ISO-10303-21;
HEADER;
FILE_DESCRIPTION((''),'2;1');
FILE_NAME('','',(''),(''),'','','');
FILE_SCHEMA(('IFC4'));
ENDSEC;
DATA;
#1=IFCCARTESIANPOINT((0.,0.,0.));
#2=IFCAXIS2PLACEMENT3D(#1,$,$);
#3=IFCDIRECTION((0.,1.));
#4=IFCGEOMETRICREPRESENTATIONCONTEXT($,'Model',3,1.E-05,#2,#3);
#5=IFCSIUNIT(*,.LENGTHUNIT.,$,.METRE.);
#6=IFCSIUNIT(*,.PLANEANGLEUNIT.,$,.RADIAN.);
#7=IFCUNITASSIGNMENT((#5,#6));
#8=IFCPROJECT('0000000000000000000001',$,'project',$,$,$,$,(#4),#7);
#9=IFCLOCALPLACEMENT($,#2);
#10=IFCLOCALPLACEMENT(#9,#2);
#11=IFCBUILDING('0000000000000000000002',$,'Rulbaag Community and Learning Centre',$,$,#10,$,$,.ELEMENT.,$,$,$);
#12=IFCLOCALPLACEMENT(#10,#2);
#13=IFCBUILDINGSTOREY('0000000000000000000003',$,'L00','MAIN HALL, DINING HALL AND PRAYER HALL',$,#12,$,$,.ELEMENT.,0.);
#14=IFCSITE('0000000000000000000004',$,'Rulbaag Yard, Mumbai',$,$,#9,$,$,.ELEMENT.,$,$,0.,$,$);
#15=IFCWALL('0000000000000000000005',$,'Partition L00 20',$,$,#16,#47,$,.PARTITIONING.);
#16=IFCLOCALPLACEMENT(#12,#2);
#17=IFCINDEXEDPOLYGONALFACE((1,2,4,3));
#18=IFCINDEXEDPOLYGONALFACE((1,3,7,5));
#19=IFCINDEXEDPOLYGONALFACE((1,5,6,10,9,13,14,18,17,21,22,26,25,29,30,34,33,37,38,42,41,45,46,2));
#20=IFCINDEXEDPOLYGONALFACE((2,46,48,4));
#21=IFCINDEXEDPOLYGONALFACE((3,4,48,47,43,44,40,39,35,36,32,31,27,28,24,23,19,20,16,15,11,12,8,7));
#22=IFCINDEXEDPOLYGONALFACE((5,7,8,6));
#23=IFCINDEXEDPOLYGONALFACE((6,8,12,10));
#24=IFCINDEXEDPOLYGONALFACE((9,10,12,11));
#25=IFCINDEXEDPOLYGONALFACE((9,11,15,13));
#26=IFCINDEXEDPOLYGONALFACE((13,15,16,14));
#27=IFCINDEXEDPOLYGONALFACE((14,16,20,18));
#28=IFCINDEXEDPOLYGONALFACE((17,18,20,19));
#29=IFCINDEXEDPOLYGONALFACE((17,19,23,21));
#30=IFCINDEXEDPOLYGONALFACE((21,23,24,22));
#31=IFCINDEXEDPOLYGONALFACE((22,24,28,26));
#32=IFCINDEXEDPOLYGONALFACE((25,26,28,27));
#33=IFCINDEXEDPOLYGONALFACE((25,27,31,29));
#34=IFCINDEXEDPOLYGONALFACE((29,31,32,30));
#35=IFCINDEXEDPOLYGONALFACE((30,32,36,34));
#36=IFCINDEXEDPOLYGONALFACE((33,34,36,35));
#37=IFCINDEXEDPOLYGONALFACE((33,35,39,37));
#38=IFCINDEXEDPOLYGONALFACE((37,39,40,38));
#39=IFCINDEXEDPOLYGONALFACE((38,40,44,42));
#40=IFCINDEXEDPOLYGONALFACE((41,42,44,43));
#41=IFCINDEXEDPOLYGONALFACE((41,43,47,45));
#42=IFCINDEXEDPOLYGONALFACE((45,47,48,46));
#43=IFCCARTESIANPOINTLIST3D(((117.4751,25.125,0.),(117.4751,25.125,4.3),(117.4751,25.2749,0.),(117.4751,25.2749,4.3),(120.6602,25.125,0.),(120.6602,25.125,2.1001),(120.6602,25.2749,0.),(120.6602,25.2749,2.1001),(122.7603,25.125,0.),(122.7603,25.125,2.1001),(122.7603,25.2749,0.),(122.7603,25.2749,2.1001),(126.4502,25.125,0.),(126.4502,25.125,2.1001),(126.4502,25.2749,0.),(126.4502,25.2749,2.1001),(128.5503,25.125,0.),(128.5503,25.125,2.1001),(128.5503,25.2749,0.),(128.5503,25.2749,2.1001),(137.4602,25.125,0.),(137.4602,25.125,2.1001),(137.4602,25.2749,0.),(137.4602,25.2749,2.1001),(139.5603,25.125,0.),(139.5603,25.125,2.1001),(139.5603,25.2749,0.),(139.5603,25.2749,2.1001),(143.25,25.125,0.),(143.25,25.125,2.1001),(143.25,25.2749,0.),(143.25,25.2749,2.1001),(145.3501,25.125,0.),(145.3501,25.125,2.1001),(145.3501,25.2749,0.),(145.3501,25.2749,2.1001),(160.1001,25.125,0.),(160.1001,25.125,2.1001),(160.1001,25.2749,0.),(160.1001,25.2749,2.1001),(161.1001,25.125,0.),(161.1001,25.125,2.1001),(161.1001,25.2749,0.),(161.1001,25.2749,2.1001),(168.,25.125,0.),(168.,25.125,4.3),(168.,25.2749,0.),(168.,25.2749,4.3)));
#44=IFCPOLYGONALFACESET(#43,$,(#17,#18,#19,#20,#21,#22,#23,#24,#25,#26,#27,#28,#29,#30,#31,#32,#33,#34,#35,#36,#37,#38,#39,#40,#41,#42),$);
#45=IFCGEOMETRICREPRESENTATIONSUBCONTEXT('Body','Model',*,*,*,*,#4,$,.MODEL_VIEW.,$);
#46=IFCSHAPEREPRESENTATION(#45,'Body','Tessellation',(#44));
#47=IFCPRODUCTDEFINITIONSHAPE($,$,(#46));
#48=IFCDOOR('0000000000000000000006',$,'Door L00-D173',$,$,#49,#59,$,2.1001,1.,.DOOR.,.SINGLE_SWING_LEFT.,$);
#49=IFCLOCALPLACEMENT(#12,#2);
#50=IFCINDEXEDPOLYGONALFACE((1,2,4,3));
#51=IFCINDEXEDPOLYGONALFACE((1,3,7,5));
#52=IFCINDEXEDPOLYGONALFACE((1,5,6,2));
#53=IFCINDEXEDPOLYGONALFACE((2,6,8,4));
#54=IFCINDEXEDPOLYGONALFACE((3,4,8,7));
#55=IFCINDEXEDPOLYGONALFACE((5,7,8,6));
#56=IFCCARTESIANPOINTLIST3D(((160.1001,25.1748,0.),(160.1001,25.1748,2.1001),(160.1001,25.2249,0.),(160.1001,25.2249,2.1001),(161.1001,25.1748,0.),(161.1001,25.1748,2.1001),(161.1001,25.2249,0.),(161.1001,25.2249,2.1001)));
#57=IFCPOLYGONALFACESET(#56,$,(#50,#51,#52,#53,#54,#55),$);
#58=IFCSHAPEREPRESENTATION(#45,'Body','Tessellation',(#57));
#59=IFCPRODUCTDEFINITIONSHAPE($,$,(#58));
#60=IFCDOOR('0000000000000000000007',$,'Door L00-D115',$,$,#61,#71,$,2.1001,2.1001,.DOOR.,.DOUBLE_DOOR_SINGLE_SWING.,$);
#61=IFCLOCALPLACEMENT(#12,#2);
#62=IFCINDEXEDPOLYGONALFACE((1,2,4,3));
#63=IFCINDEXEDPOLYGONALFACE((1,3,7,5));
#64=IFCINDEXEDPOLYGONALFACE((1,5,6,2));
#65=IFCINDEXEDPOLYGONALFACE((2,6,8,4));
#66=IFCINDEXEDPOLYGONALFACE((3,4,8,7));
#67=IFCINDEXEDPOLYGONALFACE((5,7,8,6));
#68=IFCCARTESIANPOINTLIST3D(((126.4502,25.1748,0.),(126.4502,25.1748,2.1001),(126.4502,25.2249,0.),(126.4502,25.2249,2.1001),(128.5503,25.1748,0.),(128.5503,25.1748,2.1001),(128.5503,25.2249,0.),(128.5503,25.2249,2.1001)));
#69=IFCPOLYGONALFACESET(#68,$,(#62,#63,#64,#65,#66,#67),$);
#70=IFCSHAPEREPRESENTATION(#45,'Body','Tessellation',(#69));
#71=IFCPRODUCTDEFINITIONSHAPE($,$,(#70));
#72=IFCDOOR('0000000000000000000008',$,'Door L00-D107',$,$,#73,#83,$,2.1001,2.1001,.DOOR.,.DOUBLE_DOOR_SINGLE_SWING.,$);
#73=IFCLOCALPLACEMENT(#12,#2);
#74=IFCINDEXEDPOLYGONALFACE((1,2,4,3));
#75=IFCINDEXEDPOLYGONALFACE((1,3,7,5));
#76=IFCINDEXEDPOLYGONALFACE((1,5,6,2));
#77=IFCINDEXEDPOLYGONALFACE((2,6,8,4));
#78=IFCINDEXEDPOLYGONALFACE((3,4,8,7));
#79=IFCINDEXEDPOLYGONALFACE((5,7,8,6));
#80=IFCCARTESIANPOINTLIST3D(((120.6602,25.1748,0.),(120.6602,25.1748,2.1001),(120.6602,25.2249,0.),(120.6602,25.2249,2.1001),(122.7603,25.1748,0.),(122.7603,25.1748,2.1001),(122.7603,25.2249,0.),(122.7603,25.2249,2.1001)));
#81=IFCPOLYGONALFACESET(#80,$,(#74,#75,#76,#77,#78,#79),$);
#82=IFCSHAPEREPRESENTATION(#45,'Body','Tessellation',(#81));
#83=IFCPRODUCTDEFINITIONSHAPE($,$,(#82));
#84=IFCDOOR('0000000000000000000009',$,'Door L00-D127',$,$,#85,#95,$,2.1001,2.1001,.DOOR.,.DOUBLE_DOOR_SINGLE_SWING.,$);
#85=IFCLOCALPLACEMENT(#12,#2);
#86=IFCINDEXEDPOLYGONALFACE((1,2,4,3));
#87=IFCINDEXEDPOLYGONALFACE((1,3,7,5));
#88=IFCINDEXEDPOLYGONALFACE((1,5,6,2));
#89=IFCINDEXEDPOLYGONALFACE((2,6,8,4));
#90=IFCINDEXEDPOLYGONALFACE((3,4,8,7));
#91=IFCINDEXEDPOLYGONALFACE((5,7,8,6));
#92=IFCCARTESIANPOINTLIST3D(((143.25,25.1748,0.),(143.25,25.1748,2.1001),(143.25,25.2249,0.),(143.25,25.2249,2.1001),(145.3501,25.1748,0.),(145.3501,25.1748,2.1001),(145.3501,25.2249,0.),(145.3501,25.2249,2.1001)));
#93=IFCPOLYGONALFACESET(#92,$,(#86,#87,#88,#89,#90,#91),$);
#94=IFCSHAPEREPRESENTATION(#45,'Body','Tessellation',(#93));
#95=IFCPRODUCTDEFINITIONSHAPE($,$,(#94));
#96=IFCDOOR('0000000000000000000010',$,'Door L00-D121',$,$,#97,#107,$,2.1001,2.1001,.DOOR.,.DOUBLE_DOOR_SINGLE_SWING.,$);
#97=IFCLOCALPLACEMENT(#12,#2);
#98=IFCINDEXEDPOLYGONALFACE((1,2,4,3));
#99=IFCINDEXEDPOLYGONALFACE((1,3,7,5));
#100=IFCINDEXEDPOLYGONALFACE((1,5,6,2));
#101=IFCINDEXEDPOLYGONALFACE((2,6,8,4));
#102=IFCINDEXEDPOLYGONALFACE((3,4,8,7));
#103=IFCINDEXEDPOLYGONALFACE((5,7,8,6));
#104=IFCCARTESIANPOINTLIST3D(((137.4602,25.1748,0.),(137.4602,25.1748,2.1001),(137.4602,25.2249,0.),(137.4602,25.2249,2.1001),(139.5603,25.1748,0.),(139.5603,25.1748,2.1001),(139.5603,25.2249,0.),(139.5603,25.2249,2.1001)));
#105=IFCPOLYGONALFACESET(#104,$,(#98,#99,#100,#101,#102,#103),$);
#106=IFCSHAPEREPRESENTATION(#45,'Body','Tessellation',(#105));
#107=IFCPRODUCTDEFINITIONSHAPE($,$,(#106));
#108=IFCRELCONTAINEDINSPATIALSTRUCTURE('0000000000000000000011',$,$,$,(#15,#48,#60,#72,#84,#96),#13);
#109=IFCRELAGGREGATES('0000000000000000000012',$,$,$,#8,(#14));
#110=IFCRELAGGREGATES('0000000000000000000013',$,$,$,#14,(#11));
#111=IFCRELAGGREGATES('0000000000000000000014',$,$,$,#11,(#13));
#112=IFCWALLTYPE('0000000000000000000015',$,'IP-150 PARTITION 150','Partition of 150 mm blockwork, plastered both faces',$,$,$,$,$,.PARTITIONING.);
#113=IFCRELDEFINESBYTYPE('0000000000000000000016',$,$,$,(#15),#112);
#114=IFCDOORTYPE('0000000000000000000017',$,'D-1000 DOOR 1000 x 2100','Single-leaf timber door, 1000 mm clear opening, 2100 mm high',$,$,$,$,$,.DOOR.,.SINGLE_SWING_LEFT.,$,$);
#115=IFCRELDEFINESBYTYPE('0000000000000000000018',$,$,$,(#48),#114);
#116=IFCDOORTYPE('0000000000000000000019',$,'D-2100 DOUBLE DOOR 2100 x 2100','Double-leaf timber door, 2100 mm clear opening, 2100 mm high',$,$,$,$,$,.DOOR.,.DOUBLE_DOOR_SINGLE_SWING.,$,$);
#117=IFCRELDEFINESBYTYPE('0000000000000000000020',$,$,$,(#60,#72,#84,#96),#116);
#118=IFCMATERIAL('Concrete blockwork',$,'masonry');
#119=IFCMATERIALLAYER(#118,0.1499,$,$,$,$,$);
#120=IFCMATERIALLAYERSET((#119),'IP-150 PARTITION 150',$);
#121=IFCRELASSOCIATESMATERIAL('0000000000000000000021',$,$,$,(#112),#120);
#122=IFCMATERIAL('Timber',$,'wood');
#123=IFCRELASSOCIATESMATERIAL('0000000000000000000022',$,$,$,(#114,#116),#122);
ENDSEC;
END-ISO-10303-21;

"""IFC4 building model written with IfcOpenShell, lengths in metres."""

from ifc_helpers import new_model, si_unit, direction, frame, frame_2d, origin, place, context, subcontext, project, spatial, rectangle, extrude, material, layer, layer_set, type_object, element, fill, save


model = new_model("IFC4")

# Units and contexts
model_context = context("Model", 3, precision=1e-05, world=origin(), true_north=direction((0.0, 1.0)))
body_context = subcontext(model_context, "Body", "Model", "MODEL_VIEW")
ifc_project = project(units=[si_unit("LENGTHUNIT", "METRE"), si_unit("PLANEANGLEUNIT", "RADIAN")], contexts=[model_context])

# Site, building, storey
site_placement = place(None, origin())
site = spatial("IfcSite", under=ifc_project, at=site_placement, Name="Rulbaag Yard, Mumbai", CompositionType="ELEMENT", RefElevation=0.0)
building_placement = place(site_placement, origin())
building = spatial("IfcBuilding", under=site, at=building_placement, Name="Rulbaag Community and Learning Centre", CompositionType="ELEMENT")
storey_placement = place(building_placement, origin())
storey = spatial("IfcBuildingStorey", under=building, at=storey_placement, Name="L00", Description="MAIN HALL, DINING HALL AND PRAYER HALL", CompositionType="ELEMENT", Elevation=0.0)

# Wall, openings, doors
ifc_material_1 = material(Name="Concrete blockwork", Category="masonry")
ifc_layer = layer(ifc_material_1, 0.1499)
ifc_layer_set = layer_set([ifc_layer], Name="IP-150 PARTITION 150")
wall_type = type_object("IfcWallType", Name="IP-150 PARTITION 150", Description="Partition of 150 mm blockwork, plastered both faces", PredefinedType="PARTITIONING", material=ifc_layer_set)
wall_1_placement = place(storey_placement, frame((117.4751, 25.2, 0.0), z_axis=(0.0, 0.0, 1.0), x_axis=(1.0, 0.0, 0.0)))
wall_1 = element("IfcWall", 1, at=wall_1_placement, inside=storey, type_object=wall_type, Name="Partition L00 20", PredefinedType="PARTITIONING", context=body_context, shape_type="SweptSolid", body=[
    extrude(rectangle(XDim=50.5249, YDim=0.1499, at=frame_2d((25.2625, 0.0))), origin(), (0.0, 0.0, 1.0), 4.3),
])
opening_1_placement = place(wall_1_placement, frame((8.9751, 0.0, 0.0)))
opening_1 = element("IfcOpeningElement", 2, at=opening_1_placement, cuts=wall_1, PredefinedType="OPENING", context=body_context, shape_type="SweptSolid", body=[
    extrude(rectangle(XDim=2.1001, YDim=2.1001, at=frame_2d((1.05, 1.05))), frame((0.0, 0.085, 0.0), z_axis=(0.0, -1.0, 0.0), x_axis=(1.0, 0.0, 0.0)), (0.0, 0.0, 1.0), 0.1699),
])
opening_2_placement = place(wall_1_placement, frame((3.1851, 0.0, 0.0)))
opening_2 = element("IfcOpeningElement", 3, at=opening_2_placement, cuts=wall_1, PredefinedType="OPENING", context=body_context, shape_type="SweptSolid", body=[
    extrude(rectangle(XDim=2.1001, YDim=2.1001, at=frame_2d((1.05, 1.05))), frame((0.0, 0.085, 0.0), z_axis=(0.0, -1.0, 0.0), x_axis=(1.0, 0.0, 0.0)), (0.0, 0.0, 1.0), 0.1699),
])
opening_3_placement = place(wall_1_placement, frame((25.7749, 0.0, 0.0)))
opening_3 = element("IfcOpeningElement", 4, at=opening_3_placement, cuts=wall_1, PredefinedType="OPENING", context=body_context, shape_type="SweptSolid", body=[
    extrude(rectangle(XDim=2.1001, YDim=2.1001, at=frame_2d((1.05, 1.05))), frame((0.0, 0.085, 0.0), z_axis=(0.0, -1.0, 0.0), x_axis=(1.0, 0.0, 0.0)), (0.0, 0.0, 1.0), 0.1699),
])
opening_4_placement = place(wall_1_placement, frame((19.9851, 0.0, 0.0)))
opening_4 = element("IfcOpeningElement", 5, at=opening_4_placement, cuts=wall_1, PredefinedType="OPENING", context=body_context, shape_type="SweptSolid", body=[
    extrude(rectangle(XDim=2.1001, YDim=2.1001, at=frame_2d((1.05, 1.05))), frame((0.0, 0.085, 0.0), z_axis=(0.0, -1.0, 0.0), x_axis=(1.0, 0.0, 0.0)), (0.0, 0.0, 1.0), 0.1699),
])
opening_5_placement = place(wall_1_placement, frame((42.625, 0.0, 0.0)))
opening_5 = element("IfcOpeningElement", 6, at=opening_5_placement, cuts=wall_1, PredefinedType="OPENING", context=body_context, shape_type="SweptSolid", body=[
    extrude(rectangle(XDim=1.0, YDim=2.1001, at=frame_2d((0.5, 1.05))), frame((0.0, 0.085, 0.0), z_axis=(0.0, -1.0, 0.0), x_axis=(1.0, 0.0, 0.0)), (0.0, 0.0, 1.0), 0.1699),
])
ifc_material_2 = material(Name="Timber", Category="wood")
door_type_1 = type_object("IfcDoorType", Name="D-1000 DOOR 1000 x 2100", Description="Single-leaf timber door, 1000 mm clear opening, 2100 mm high", OperationType="SINGLE_SWING_LEFT", PredefinedType="DOOR", material=ifc_material_2)
door_1_placement = place(opening_5_placement, origin())
door_1 = element("IfcDoor", 7, at=door_1_placement, inside=storey, type_object=door_type_1, Name="Door L00-D173", OperationType="SINGLE_SWING_LEFT", OverallHeight=2.1001, OverallWidth=1.0, PredefinedType="DOOR", context=body_context, shape_type="SweptSolid", body=[
    extrude(rectangle(XDim=1.0, YDim=2.1001, at=frame_2d((0.5, 1.05))), frame((0.0, 0.0249, 0.0), z_axis=(0.0, -1.0, 0.0), x_axis=(1.0, 0.0, 0.0)), (0.0, 0.0, 1.0), 0.05),
])
fill(opening_5, door_1)
door_type_2 = type_object("IfcDoorType", Name="D-2100 DOUBLE DOOR 2100 x 2100", Description="Double-leaf timber door, 2100 mm clear opening, 2100 mm high", OperationType="DOUBLE_DOOR_SINGLE_SWING", PredefinedType="DOOR", material=ifc_material_2)
door_2_placement = place(opening_1_placement, origin())
door_2 = element("IfcDoor", 8, at=door_2_placement, inside=storey, type_object=door_type_2, Name="Door L00-D115", OperationType="DOUBLE_DOOR_SINGLE_SWING", OverallHeight=2.1001, OverallWidth=2.1001, PredefinedType="DOOR", context=body_context, shape_type="SweptSolid", body=[
    extrude(rectangle(XDim=2.1001, YDim=2.1001, at=frame_2d((1.05, 1.05))), frame((0.0, 0.0249, 0.0), z_axis=(0.0, -1.0, 0.0), x_axis=(1.0, 0.0, 0.0)), (0.0, 0.0, 1.0), 0.05),
])
fill(opening_1, door_2)
door_3_placement = place(opening_2_placement, origin())
door_3 = element("IfcDoor", 9, at=door_3_placement, inside=storey, type_object=door_type_2, Name="Door L00-D107", OperationType="DOUBLE_DOOR_SINGLE_SWING", OverallHeight=2.1001, OverallWidth=2.1001, PredefinedType="DOOR", context=body_context, shape_type="SweptSolid", body=[
    extrude(rectangle(XDim=2.1001, YDim=2.1001, at=frame_2d((1.05, 1.05))), frame((0.0, 0.0249, 0.0), z_axis=(0.0, -1.0, 0.0), x_axis=(1.0, 0.0, 0.0)), (0.0, 0.0, 1.0), 0.05),
])
fill(opening_2, door_3)
door_4_placement = place(opening_3_placement, origin())
door_4 = element("IfcDoor", 10, at=door_4_placement, inside=storey, type_object=door_type_2, Name="Door L00-D127", OperationType="DOUBLE_DOOR_SINGLE_SWING", OverallHeight=2.1001, OverallWidth=2.1001, PredefinedType="DOOR", context=body_context, shape_type="SweptSolid", body=[
    extrude(rectangle(XDim=2.1001, YDim=2.1001, at=frame_2d((1.05, 1.05))), frame((0.0, 0.0249, 0.0), z_axis=(0.0, -1.0, 0.0), x_axis=(1.0, 0.0, 0.0)), (0.0, 0.0, 1.0), 0.05),
])
fill(opening_3, door_4)
door_5_placement = place(opening_4_placement, origin())
door_5 = element("IfcDoor", 11, at=door_5_placement, inside=storey, type_object=door_type_2, Name="Door L00-D121", OperationType="DOUBLE_DOOR_SINGLE_SWING", OverallHeight=2.1001, OverallWidth=2.1001, PredefinedType="DOOR", context=body_context, shape_type="SweptSolid", body=[
    extrude(rectangle(XDim=2.1001, YDim=2.1001, at=frame_2d((1.05, 1.05))), frame((0.0, 0.0249, 0.0), z_axis=(0.0, -1.0, 0.0), x_axis=(1.0, 0.0, 0.0)), (0.0, 0.0, 1.0), 0.05),
])
fill(opening_4, door_5)

save(model, "model.ifc")
